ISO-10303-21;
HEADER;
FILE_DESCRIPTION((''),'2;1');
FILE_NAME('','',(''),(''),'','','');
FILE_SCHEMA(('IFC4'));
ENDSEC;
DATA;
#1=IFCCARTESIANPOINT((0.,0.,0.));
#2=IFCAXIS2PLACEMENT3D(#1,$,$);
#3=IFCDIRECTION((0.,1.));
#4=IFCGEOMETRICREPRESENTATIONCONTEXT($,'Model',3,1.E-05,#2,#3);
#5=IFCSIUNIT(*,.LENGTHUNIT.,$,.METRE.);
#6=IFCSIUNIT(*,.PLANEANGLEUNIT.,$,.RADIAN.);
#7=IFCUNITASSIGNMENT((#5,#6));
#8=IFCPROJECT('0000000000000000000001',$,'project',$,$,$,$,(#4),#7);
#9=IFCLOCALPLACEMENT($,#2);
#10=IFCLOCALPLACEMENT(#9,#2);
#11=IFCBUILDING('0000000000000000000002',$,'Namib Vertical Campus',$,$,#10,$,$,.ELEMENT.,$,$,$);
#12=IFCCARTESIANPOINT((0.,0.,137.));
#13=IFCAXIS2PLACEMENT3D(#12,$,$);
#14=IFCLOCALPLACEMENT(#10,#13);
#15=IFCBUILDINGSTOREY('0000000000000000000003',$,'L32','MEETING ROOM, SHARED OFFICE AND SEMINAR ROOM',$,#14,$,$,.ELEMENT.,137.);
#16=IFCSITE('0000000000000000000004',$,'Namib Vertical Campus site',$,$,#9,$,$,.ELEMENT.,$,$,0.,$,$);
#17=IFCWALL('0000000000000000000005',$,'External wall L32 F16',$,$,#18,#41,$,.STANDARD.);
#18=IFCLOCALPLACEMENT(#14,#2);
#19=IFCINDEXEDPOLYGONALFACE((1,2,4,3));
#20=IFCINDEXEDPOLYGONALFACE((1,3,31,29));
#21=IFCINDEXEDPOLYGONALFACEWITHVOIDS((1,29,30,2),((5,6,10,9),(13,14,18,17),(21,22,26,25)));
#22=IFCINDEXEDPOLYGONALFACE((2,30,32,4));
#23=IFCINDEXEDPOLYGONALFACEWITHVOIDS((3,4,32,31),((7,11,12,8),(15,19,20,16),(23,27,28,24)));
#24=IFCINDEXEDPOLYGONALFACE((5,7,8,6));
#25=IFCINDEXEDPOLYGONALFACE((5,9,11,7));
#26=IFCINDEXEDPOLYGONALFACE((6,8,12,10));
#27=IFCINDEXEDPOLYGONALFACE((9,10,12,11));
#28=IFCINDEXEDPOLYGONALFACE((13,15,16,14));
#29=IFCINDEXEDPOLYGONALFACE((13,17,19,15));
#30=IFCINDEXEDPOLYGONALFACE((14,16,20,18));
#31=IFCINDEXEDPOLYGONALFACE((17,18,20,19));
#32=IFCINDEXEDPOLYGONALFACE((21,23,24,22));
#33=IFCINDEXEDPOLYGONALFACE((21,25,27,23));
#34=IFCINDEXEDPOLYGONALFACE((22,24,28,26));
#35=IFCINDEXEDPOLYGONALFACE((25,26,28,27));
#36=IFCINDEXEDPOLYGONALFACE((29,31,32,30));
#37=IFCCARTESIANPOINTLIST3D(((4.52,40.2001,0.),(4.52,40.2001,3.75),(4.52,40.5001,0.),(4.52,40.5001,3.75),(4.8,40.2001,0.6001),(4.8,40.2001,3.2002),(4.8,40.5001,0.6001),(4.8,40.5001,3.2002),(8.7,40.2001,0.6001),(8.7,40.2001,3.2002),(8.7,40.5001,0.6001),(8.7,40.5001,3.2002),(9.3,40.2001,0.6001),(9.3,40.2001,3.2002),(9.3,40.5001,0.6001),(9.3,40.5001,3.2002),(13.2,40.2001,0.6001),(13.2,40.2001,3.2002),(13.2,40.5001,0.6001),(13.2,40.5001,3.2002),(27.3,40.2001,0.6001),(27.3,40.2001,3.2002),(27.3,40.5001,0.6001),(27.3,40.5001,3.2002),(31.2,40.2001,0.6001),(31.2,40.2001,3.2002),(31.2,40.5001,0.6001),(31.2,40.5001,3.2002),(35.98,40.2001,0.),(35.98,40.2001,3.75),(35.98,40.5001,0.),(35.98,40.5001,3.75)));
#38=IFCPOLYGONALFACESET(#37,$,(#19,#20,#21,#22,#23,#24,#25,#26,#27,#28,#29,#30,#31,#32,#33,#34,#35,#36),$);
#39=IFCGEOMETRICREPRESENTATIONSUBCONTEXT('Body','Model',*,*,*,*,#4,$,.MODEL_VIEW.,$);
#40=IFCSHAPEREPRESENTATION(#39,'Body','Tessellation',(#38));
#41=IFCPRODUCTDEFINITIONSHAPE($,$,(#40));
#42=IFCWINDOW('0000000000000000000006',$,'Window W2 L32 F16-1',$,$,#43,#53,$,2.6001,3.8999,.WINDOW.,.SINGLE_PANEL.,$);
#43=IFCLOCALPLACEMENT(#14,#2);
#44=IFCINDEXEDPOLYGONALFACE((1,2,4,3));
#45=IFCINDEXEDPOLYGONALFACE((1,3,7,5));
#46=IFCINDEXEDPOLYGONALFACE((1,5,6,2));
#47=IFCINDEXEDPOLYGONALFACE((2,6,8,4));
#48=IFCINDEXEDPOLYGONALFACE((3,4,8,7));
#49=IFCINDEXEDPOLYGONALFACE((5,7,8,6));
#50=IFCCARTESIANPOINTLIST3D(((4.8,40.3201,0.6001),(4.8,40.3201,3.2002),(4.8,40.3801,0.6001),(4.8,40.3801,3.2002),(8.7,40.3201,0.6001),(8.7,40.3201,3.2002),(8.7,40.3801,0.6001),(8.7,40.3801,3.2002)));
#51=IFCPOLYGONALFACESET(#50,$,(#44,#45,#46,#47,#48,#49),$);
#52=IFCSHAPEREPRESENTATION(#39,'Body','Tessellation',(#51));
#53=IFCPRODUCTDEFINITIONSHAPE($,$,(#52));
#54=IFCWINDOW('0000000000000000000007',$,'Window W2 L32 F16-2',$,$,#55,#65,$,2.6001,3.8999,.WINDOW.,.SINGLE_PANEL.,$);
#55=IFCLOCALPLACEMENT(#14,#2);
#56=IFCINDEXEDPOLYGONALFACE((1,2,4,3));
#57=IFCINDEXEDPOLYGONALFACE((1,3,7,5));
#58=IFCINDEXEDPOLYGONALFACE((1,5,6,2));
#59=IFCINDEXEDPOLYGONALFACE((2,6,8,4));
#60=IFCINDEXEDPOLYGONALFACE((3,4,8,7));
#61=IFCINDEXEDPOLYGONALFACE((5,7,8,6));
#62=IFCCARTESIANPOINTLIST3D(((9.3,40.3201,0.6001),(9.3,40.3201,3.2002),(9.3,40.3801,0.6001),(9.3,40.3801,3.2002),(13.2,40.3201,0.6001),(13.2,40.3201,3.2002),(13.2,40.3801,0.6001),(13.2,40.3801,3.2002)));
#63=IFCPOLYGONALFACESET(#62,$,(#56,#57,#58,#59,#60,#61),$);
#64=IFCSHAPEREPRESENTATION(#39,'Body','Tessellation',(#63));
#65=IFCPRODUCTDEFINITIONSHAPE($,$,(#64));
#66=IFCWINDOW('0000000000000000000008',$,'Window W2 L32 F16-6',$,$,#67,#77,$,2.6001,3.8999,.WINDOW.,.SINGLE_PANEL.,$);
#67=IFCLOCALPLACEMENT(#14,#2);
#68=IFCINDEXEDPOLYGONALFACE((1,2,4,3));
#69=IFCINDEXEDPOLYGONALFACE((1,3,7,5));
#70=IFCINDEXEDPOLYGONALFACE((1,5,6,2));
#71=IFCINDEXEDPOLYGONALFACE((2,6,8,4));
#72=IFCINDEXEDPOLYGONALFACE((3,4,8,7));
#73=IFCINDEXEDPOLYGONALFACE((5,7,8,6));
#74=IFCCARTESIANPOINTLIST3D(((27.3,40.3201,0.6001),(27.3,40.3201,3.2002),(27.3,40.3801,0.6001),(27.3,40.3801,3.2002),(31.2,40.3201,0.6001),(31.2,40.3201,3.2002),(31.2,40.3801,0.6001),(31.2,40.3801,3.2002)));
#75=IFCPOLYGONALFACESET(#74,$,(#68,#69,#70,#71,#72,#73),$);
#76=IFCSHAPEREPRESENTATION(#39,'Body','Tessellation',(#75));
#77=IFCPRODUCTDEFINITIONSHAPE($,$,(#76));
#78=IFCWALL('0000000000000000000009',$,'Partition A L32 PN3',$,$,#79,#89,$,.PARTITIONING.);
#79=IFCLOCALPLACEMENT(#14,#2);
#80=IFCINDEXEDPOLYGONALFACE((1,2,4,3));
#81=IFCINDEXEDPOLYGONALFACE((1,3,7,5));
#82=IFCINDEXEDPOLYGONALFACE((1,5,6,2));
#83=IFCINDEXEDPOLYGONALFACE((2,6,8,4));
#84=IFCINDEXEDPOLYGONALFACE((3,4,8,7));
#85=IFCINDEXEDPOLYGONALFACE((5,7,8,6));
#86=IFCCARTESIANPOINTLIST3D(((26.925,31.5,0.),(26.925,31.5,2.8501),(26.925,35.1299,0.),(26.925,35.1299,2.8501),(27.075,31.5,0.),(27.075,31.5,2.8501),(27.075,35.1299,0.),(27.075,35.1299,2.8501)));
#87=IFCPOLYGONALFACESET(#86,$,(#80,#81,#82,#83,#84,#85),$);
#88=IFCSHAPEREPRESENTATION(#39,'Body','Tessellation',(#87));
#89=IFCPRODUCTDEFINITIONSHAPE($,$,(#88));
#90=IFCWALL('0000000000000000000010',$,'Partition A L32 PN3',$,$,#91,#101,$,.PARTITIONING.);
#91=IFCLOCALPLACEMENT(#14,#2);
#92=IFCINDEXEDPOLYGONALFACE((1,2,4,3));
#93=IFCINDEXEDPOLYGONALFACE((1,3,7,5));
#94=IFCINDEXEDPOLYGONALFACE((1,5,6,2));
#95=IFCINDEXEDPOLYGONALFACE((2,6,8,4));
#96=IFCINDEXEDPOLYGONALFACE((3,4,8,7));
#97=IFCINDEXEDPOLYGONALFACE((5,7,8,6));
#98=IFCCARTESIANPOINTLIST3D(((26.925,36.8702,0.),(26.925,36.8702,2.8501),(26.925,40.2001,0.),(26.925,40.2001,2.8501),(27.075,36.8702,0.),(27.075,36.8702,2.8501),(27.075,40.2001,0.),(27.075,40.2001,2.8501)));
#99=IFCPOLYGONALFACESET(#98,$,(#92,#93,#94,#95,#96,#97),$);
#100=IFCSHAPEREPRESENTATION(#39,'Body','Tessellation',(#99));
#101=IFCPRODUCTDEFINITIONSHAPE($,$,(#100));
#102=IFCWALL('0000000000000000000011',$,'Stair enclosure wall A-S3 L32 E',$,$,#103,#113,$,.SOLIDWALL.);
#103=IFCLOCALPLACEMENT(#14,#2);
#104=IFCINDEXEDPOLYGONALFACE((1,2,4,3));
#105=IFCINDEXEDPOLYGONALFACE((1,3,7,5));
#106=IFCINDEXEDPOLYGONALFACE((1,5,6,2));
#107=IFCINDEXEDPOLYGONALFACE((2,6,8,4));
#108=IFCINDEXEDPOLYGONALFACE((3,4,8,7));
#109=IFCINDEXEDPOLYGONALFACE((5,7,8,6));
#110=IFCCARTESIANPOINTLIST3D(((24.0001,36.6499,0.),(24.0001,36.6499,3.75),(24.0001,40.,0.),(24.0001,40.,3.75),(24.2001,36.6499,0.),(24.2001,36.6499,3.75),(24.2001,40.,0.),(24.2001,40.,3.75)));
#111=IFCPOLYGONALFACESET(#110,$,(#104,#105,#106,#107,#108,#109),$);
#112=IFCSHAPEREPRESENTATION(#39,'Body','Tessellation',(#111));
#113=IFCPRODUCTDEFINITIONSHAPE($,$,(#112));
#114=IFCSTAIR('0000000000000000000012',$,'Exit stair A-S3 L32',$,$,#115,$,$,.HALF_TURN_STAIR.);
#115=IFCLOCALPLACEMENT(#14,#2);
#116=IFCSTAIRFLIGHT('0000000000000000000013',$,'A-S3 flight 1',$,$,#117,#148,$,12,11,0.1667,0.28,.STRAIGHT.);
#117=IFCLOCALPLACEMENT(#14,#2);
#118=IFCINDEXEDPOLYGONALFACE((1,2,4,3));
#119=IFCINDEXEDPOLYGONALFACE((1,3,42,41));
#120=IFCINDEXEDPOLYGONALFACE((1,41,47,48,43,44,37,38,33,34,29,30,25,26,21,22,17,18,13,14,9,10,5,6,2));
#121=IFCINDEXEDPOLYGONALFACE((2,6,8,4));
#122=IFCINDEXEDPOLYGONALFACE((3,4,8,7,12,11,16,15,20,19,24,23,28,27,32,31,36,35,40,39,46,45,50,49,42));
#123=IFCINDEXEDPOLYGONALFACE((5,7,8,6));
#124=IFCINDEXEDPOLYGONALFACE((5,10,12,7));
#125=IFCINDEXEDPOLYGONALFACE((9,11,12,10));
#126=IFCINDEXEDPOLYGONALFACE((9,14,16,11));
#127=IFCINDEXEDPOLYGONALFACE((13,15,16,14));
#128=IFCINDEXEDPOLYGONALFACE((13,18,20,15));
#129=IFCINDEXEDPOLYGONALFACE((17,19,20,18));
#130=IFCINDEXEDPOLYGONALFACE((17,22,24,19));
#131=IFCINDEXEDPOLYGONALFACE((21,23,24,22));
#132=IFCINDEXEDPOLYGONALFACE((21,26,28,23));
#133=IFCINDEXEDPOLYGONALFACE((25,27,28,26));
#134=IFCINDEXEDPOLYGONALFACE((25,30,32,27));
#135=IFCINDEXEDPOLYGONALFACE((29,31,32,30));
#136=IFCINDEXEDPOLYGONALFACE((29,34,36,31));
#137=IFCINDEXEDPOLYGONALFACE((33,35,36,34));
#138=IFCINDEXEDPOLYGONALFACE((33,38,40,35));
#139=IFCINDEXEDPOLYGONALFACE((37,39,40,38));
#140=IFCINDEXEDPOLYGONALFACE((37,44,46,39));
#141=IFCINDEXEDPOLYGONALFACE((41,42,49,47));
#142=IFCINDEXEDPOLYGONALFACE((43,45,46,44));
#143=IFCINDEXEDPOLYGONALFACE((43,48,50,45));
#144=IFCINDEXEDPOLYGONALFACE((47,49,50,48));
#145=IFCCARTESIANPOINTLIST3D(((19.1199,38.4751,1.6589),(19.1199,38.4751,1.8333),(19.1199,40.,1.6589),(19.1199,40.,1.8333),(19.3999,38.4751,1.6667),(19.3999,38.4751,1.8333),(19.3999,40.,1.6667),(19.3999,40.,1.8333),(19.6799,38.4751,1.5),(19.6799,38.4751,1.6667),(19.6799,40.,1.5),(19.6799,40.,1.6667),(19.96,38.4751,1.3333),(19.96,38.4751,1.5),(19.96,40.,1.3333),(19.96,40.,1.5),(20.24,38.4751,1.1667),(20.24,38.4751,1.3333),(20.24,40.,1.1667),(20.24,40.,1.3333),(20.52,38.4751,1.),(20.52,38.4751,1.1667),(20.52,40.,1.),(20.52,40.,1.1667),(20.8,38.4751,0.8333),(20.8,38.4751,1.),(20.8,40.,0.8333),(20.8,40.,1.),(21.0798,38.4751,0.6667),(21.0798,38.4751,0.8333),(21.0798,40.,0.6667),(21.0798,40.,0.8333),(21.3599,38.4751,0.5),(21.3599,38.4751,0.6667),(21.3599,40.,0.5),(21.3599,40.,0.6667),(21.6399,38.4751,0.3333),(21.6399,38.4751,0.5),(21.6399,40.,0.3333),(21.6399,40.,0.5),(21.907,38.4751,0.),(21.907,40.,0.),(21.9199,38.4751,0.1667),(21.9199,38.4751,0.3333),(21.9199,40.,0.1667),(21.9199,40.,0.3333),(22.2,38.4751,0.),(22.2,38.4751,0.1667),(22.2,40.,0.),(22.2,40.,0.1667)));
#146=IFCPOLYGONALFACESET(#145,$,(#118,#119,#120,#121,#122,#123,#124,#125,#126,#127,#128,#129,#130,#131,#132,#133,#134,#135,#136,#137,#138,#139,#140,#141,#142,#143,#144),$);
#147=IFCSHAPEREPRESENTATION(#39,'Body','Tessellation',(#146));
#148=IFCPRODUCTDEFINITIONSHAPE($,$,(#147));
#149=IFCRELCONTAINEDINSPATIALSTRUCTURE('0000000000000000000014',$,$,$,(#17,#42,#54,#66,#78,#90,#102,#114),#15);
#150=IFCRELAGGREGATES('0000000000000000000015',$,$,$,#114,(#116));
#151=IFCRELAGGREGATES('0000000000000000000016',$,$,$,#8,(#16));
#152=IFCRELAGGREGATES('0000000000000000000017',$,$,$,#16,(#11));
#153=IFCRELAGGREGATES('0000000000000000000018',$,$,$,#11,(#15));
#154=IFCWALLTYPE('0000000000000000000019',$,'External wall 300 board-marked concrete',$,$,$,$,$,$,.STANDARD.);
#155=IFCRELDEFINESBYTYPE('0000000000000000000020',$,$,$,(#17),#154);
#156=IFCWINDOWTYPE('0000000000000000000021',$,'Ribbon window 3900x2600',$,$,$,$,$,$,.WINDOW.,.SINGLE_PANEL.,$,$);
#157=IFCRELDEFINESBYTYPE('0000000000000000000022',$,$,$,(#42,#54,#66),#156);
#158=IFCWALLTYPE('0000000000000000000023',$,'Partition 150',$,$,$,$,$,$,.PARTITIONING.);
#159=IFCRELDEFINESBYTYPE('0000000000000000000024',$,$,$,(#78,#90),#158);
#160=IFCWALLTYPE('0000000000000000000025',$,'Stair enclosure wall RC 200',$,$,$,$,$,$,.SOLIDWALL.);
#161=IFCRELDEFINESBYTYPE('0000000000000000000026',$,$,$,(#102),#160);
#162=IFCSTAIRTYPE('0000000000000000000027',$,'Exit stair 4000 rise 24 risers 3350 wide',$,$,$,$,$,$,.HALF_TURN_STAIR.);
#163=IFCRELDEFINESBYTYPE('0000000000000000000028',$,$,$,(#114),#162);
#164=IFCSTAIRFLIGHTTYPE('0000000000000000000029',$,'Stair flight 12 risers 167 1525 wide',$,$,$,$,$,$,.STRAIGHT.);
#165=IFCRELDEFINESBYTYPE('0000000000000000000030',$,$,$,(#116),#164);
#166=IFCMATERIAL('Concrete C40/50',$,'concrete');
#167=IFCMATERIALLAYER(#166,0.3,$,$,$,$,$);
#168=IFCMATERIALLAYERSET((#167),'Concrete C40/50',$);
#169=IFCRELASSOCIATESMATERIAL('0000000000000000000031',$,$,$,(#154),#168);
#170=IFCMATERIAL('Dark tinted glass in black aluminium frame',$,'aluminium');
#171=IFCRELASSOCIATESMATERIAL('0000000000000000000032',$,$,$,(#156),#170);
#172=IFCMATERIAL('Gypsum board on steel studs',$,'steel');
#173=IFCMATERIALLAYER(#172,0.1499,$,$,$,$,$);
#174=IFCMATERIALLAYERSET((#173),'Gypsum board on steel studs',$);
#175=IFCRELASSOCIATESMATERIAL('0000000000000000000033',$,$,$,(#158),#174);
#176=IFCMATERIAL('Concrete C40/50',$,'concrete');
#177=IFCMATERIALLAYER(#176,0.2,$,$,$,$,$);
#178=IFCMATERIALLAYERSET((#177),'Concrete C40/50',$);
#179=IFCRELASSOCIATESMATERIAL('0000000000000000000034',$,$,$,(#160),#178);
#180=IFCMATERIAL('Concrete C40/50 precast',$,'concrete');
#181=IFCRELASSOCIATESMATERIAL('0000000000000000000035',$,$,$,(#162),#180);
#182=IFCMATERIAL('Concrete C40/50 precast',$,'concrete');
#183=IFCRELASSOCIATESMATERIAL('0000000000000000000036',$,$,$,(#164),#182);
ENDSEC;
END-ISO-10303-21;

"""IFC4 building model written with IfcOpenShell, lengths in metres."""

from ifc_helpers import new_model, si_unit, direction, frame, frame_2d, origin, place, context, subcontext, project, spatial, polyline, rectangle, outline, extrude, material, layer, layer_set, type_object, element, fill, aggregate, save


model = new_model("IFC4")

# Units and contexts
model_context = context("Model", 3, precision=1e-05, world=origin(), true_north=direction((0.0, 1.0)))
body_context = subcontext(model_context, "Body", "Model", "MODEL_VIEW")
ifc_project = project(units=[si_unit("LENGTHUNIT", "METRE"), si_unit("PLANEANGLEUNIT", "RADIAN")], contexts=[model_context])

# Site, building, storey
site_placement = place(None, origin())
site = spatial("IfcSite", under=ifc_project, at=site_placement, Name="Namib Vertical Campus site", CompositionType="ELEMENT", RefElevation=0.0)
building_placement = place(site_placement, origin())
building = spatial("IfcBuilding", under=site, at=building_placement, Name="Namib Vertical Campus", CompositionType="ELEMENT")
storey_placement = place(building_placement, frame((0.0, 0.0, 137.0)))
storey = spatial("IfcBuildingStorey", under=building, at=storey_placement, Name="L32", Description="MEETING ROOM, SHARED OFFICE AND SEMINAR ROOM", CompositionType="ELEMENT", Elevation=137.0)

# Shared definitions
ifc_material_1 = material(Name="Concrete C40/50", Category="concrete")
ifc_layer_1 = layer(ifc_material_1, 0.3)
ifc_layer_set_1 = layer_set([ifc_layer_1], Name="Concrete C40/50")
wall_type_1 = type_object("IfcWallType", Name="External wall 300 board-marked concrete", PredefinedType="STANDARD", material=ifc_layer_set_1)

# Wall, openings, windows
wall_1_placement = place(storey_placement, frame((35.98, 40.3501, 0.0), z_axis=(0.0, 0.0, 1.0), x_axis=(-1.0, 0.0, 0.0)))
wall_1 = element("IfcWall", 1, at=wall_1_placement, inside=storey, type_object=wall_type_1, Name="External wall L32 F16", PredefinedType="STANDARD", context=body_context, shape_type="SweptSolid", body=[
    extrude(rectangle(XDim=31.46, YDim=0.3, at=frame_2d((15.73, 0.0))), origin(), (0.0, 0.0, 1.0), 3.75),
])
opening_1_placement = place(wall_1_placement, frame((27.28, 0.0, 0.6001)))
opening_1 = element("IfcOpeningElement", 2, at=opening_1_placement, cuts=wall_1, PredefinedType="OPENING", context=body_context, shape_type="SweptSolid", body=[
    extrude(rectangle(XDim=3.8999, YDim=2.6001, at=frame_2d((1.95, 1.3))), frame((0.0, 0.1599, 0.0), z_axis=(0.0, -1.0, 0.0), x_axis=(1.0, 0.0, 0.0)), (0.0, 0.0, 1.0), 0.3201),
])
opening_2_placement = place(wall_1_placement, frame((22.78, 0.0, 0.6001)))
opening_2 = element("IfcOpeningElement", 3, at=opening_2_placement, cuts=wall_1, PredefinedType="OPENING", context=body_context, shape_type="SweptSolid", body=[
    extrude(rectangle(XDim=3.8999, YDim=2.6001, at=frame_2d((1.95, 1.3))), frame((0.0, 0.1599, 0.0), z_axis=(0.0, -1.0, 0.0), x_axis=(1.0, 0.0, 0.0)), (0.0, 0.0, 1.0), 0.3201),
])
opening_3_placement = place(wall_1_placement, frame((4.78, 0.0, 0.6001)))
opening_3 = element("IfcOpeningElement", 4, at=opening_3_placement, cuts=wall_1, PredefinedType="OPENING", context=body_context, shape_type="SweptSolid", body=[
    extrude(rectangle(XDim=3.8999, YDim=2.6001, at=frame_2d((1.95, 1.3))), frame((0.0, 0.1599, 0.0), z_axis=(0.0, -1.0, 0.0), x_axis=(1.0, 0.0, 0.0)), (0.0, 0.0, 1.0), 0.3201),
])
ifc_material_2 = material(Name="Dark tinted glass in black aluminium frame", Category="aluminium")
window_type = type_object("IfcWindowType", Name="Ribbon window 3900x2600", PartitioningType="SINGLE_PANEL", PredefinedType="WINDOW", material=ifc_material_2)
window_1_placement = place(opening_1_placement, origin())
window_1 = element("IfcWindow", 5, at=window_1_placement, inside=storey, type_object=window_type, Name="Window W2 L32 F16-1", OverallHeight=2.6001, OverallWidth=3.8999, PartitioningType="SINGLE_PANEL", PredefinedType="WINDOW", context=body_context, shape_type="SweptSolid", body=[
    extrude(rectangle(XDim=3.8999, YDim=2.6001, at=frame_2d((1.95, 1.3))), frame((0.0, 0.03, 0.0), z_axis=(0.0, -1.0, 0.0), x_axis=(1.0, 0.0, 0.0)), (0.0, 0.0, 1.0), 0.0601),
])
fill(opening_1, window_1)
window_2_placement = place(opening_2_placement, origin())
window_2 = element("IfcWindow", 6, at=window_2_placement, inside=storey, type_object=window_type, Name="Window W2 L32 F16-2", OverallHeight=2.6001, OverallWidth=3.8999, PartitioningType="SINGLE_PANEL", PredefinedType="WINDOW", context=body_context, shape_type="SweptSolid", body=[
    extrude(rectangle(XDim=3.8999, YDim=2.6001, at=frame_2d((1.95, 1.3))), frame((0.0, 0.03, 0.0), z_axis=(0.0, -1.0, 0.0), x_axis=(1.0, 0.0, 0.0)), (0.0, 0.0, 1.0), 0.0601),
])
fill(opening_2, window_2)
window_3_placement = place(opening_3_placement, origin())
window_3 = element("IfcWindow", 7, at=window_3_placement, inside=storey, type_object=window_type, Name="Window W2 L32 F16-6", OverallHeight=2.6001, OverallWidth=3.8999, PartitioningType="SINGLE_PANEL", PredefinedType="WINDOW", context=body_context, shape_type="SweptSolid", body=[
    extrude(rectangle(XDim=3.8999, YDim=2.6001, at=frame_2d((1.95, 1.3))), frame((0.0, 0.03, 0.0), z_axis=(0.0, -1.0, 0.0), x_axis=(1.0, 0.0, 0.0)), (0.0, 0.0, 1.0), 0.0601),
])
fill(opening_3, window_3)

# Walls
ifc_material_3 = material(Name="Gypsum board on steel studs", Category="steel")
ifc_layer_2 = layer(ifc_material_3, 0.1499)
ifc_layer_set_2 = layer_set([ifc_layer_2], Name="Gypsum board on steel studs")
wall_type_2 = type_object("IfcWallType", Name="Partition 150", PredefinedType="PARTITIONING", material=ifc_layer_set_2)
wall_2_placement = place(storey_placement, frame((27.0, 31.5, 0.0), z_axis=(0.0, 0.0, 1.0), x_axis=(0.0, 1.0, 0.0)))
element("IfcWall", 8, at=wall_2_placement, inside=storey, type_object=wall_type_2, Name="Partition A L32 PN3", PredefinedType="PARTITIONING", context=body_context, shape_type="SweptSolid", body=[
    extrude(rectangle(XDim=3.6299, YDim=0.1499, at=frame_2d((1.8149, 0.0))), origin(), (0.0, 0.0, 1.0), 2.8501),
])
wall_3_placement = place(storey_placement, frame((27.0, 36.8701, 0.0), z_axis=(0.0, 0.0, 1.0), x_axis=(0.0, 1.0, 0.0)))
element("IfcWall", 9, at=wall_3_placement, inside=storey, type_object=wall_type_2, Name="Partition A L32 PN3", PredefinedType="PARTITIONING", context=body_context, shape_type="SweptSolid", body=[
    extrude(rectangle(XDim=3.3298, YDim=0.1499, at=frame_2d((1.665, 0.0))), origin(), (0.0, 0.0, 1.0), 2.8501),
])
ifc_material_4 = material(Name="Concrete C40/50", Category="concrete")
ifc_layer_3 = layer(ifc_material_4, 0.2)
ifc_layer_set_3 = layer_set([ifc_layer_3], Name="Concrete C40/50")
wall_type_3 = type_object("IfcWallType", Name="Stair enclosure wall RC 200", PredefinedType="SOLIDWALL", material=ifc_layer_set_3)
wall_4_placement = place(storey_placement, frame((24.1001, 36.6499, 0.0), z_axis=(0.0, 0.0, 1.0), x_axis=(0.0, 1.0, 0.0)))
element("IfcWall", 10, at=wall_4_placement, inside=storey, type_object=wall_type_3, Name="Stair enclosure wall A-S3 L32 E", PredefinedType="SOLIDWALL", context=body_context, shape_type="SweptSolid", body=[
    extrude(rectangle(XDim=3.3501, YDim=0.2, at=frame_2d((1.675, 0.0))), origin(), (0.0, 0.0, 1.0), 3.75),
])

# Stair, stair flight
ifc_material_5 = material(Name="Concrete C40/50 precast", Category="concrete")
stair_type = type_object("IfcStairType", Name="Exit stair 4000 rise 24 risers 3350 wide", PredefinedType="HALF_TURN_STAIR", material=ifc_material_5)
stair_placement = place(storey_placement, origin())
stair = element("IfcStair", 11, at=stair_placement, inside=storey, type_object=stair_type, Name="Exit stair A-S3 L32", PredefinedType="HALF_TURN_STAIR")
ifc_material_6 = material(Name="Concrete C40/50 precast", Category="concrete")
stair_flight_type = type_object("IfcStairFlightType", Name="Stair flight 12 risers 167 1525 wide", PredefinedType="STRAIGHT", material=ifc_material_6)
stair_flight_placement = place(storey_placement, frame((22.2, 39.2375, 0.0), z_axis=(0.0, 0.0, 1.0), x_axis=(-1.0, 0.0, 0.0)))
stair_flight = element("IfcStairFlight", 12, at=stair_flight_placement, type_object=stair_flight_type, Name="A-S3 flight 1", NumberOfRisers=12, NumberOfTreads=11, PredefinedType="STRAIGHT", RiserHeight=0.1667, TreadLength=0.28, context=body_context, shape_type="SweptSolid", body=[
    extrude(outline(polyline([(0.0, 0.0), (0.0, 0.1667), (0.28, 0.1667), (0.28, 0.3333), (0.5601, 0.3333), (0.5601, 0.5), (0.8401, 0.5), (0.8401, 0.6667), (1.1201, 0.6667), (1.1201, 0.8333), (1.3999, 0.8333), (1.3999, 1.0), (1.6799, 1.0), (1.6799, 1.1667), (1.96, 1.1667), (1.96, 1.3333), (2.24, 1.3333), (2.24, 1.5), (2.52, 1.5), (2.52, 1.6667), (2.8, 1.6667), (2.8, 1.8333), (3.0801, 1.8333), (3.0801, 2.0), (3.0801, 1.6589), (0.293, 0.0), (0.0, 0.0)])), frame((0.0, 0.7625, 0.0), z_axis=(0.0, -1.0, 0.0), x_axis=(1.0, 0.0, 0.0)), (0.0, 0.0, 1.0), 1.5249),
])
aggregate(stair, [stair_flight])

save(model, "model.ifc")
